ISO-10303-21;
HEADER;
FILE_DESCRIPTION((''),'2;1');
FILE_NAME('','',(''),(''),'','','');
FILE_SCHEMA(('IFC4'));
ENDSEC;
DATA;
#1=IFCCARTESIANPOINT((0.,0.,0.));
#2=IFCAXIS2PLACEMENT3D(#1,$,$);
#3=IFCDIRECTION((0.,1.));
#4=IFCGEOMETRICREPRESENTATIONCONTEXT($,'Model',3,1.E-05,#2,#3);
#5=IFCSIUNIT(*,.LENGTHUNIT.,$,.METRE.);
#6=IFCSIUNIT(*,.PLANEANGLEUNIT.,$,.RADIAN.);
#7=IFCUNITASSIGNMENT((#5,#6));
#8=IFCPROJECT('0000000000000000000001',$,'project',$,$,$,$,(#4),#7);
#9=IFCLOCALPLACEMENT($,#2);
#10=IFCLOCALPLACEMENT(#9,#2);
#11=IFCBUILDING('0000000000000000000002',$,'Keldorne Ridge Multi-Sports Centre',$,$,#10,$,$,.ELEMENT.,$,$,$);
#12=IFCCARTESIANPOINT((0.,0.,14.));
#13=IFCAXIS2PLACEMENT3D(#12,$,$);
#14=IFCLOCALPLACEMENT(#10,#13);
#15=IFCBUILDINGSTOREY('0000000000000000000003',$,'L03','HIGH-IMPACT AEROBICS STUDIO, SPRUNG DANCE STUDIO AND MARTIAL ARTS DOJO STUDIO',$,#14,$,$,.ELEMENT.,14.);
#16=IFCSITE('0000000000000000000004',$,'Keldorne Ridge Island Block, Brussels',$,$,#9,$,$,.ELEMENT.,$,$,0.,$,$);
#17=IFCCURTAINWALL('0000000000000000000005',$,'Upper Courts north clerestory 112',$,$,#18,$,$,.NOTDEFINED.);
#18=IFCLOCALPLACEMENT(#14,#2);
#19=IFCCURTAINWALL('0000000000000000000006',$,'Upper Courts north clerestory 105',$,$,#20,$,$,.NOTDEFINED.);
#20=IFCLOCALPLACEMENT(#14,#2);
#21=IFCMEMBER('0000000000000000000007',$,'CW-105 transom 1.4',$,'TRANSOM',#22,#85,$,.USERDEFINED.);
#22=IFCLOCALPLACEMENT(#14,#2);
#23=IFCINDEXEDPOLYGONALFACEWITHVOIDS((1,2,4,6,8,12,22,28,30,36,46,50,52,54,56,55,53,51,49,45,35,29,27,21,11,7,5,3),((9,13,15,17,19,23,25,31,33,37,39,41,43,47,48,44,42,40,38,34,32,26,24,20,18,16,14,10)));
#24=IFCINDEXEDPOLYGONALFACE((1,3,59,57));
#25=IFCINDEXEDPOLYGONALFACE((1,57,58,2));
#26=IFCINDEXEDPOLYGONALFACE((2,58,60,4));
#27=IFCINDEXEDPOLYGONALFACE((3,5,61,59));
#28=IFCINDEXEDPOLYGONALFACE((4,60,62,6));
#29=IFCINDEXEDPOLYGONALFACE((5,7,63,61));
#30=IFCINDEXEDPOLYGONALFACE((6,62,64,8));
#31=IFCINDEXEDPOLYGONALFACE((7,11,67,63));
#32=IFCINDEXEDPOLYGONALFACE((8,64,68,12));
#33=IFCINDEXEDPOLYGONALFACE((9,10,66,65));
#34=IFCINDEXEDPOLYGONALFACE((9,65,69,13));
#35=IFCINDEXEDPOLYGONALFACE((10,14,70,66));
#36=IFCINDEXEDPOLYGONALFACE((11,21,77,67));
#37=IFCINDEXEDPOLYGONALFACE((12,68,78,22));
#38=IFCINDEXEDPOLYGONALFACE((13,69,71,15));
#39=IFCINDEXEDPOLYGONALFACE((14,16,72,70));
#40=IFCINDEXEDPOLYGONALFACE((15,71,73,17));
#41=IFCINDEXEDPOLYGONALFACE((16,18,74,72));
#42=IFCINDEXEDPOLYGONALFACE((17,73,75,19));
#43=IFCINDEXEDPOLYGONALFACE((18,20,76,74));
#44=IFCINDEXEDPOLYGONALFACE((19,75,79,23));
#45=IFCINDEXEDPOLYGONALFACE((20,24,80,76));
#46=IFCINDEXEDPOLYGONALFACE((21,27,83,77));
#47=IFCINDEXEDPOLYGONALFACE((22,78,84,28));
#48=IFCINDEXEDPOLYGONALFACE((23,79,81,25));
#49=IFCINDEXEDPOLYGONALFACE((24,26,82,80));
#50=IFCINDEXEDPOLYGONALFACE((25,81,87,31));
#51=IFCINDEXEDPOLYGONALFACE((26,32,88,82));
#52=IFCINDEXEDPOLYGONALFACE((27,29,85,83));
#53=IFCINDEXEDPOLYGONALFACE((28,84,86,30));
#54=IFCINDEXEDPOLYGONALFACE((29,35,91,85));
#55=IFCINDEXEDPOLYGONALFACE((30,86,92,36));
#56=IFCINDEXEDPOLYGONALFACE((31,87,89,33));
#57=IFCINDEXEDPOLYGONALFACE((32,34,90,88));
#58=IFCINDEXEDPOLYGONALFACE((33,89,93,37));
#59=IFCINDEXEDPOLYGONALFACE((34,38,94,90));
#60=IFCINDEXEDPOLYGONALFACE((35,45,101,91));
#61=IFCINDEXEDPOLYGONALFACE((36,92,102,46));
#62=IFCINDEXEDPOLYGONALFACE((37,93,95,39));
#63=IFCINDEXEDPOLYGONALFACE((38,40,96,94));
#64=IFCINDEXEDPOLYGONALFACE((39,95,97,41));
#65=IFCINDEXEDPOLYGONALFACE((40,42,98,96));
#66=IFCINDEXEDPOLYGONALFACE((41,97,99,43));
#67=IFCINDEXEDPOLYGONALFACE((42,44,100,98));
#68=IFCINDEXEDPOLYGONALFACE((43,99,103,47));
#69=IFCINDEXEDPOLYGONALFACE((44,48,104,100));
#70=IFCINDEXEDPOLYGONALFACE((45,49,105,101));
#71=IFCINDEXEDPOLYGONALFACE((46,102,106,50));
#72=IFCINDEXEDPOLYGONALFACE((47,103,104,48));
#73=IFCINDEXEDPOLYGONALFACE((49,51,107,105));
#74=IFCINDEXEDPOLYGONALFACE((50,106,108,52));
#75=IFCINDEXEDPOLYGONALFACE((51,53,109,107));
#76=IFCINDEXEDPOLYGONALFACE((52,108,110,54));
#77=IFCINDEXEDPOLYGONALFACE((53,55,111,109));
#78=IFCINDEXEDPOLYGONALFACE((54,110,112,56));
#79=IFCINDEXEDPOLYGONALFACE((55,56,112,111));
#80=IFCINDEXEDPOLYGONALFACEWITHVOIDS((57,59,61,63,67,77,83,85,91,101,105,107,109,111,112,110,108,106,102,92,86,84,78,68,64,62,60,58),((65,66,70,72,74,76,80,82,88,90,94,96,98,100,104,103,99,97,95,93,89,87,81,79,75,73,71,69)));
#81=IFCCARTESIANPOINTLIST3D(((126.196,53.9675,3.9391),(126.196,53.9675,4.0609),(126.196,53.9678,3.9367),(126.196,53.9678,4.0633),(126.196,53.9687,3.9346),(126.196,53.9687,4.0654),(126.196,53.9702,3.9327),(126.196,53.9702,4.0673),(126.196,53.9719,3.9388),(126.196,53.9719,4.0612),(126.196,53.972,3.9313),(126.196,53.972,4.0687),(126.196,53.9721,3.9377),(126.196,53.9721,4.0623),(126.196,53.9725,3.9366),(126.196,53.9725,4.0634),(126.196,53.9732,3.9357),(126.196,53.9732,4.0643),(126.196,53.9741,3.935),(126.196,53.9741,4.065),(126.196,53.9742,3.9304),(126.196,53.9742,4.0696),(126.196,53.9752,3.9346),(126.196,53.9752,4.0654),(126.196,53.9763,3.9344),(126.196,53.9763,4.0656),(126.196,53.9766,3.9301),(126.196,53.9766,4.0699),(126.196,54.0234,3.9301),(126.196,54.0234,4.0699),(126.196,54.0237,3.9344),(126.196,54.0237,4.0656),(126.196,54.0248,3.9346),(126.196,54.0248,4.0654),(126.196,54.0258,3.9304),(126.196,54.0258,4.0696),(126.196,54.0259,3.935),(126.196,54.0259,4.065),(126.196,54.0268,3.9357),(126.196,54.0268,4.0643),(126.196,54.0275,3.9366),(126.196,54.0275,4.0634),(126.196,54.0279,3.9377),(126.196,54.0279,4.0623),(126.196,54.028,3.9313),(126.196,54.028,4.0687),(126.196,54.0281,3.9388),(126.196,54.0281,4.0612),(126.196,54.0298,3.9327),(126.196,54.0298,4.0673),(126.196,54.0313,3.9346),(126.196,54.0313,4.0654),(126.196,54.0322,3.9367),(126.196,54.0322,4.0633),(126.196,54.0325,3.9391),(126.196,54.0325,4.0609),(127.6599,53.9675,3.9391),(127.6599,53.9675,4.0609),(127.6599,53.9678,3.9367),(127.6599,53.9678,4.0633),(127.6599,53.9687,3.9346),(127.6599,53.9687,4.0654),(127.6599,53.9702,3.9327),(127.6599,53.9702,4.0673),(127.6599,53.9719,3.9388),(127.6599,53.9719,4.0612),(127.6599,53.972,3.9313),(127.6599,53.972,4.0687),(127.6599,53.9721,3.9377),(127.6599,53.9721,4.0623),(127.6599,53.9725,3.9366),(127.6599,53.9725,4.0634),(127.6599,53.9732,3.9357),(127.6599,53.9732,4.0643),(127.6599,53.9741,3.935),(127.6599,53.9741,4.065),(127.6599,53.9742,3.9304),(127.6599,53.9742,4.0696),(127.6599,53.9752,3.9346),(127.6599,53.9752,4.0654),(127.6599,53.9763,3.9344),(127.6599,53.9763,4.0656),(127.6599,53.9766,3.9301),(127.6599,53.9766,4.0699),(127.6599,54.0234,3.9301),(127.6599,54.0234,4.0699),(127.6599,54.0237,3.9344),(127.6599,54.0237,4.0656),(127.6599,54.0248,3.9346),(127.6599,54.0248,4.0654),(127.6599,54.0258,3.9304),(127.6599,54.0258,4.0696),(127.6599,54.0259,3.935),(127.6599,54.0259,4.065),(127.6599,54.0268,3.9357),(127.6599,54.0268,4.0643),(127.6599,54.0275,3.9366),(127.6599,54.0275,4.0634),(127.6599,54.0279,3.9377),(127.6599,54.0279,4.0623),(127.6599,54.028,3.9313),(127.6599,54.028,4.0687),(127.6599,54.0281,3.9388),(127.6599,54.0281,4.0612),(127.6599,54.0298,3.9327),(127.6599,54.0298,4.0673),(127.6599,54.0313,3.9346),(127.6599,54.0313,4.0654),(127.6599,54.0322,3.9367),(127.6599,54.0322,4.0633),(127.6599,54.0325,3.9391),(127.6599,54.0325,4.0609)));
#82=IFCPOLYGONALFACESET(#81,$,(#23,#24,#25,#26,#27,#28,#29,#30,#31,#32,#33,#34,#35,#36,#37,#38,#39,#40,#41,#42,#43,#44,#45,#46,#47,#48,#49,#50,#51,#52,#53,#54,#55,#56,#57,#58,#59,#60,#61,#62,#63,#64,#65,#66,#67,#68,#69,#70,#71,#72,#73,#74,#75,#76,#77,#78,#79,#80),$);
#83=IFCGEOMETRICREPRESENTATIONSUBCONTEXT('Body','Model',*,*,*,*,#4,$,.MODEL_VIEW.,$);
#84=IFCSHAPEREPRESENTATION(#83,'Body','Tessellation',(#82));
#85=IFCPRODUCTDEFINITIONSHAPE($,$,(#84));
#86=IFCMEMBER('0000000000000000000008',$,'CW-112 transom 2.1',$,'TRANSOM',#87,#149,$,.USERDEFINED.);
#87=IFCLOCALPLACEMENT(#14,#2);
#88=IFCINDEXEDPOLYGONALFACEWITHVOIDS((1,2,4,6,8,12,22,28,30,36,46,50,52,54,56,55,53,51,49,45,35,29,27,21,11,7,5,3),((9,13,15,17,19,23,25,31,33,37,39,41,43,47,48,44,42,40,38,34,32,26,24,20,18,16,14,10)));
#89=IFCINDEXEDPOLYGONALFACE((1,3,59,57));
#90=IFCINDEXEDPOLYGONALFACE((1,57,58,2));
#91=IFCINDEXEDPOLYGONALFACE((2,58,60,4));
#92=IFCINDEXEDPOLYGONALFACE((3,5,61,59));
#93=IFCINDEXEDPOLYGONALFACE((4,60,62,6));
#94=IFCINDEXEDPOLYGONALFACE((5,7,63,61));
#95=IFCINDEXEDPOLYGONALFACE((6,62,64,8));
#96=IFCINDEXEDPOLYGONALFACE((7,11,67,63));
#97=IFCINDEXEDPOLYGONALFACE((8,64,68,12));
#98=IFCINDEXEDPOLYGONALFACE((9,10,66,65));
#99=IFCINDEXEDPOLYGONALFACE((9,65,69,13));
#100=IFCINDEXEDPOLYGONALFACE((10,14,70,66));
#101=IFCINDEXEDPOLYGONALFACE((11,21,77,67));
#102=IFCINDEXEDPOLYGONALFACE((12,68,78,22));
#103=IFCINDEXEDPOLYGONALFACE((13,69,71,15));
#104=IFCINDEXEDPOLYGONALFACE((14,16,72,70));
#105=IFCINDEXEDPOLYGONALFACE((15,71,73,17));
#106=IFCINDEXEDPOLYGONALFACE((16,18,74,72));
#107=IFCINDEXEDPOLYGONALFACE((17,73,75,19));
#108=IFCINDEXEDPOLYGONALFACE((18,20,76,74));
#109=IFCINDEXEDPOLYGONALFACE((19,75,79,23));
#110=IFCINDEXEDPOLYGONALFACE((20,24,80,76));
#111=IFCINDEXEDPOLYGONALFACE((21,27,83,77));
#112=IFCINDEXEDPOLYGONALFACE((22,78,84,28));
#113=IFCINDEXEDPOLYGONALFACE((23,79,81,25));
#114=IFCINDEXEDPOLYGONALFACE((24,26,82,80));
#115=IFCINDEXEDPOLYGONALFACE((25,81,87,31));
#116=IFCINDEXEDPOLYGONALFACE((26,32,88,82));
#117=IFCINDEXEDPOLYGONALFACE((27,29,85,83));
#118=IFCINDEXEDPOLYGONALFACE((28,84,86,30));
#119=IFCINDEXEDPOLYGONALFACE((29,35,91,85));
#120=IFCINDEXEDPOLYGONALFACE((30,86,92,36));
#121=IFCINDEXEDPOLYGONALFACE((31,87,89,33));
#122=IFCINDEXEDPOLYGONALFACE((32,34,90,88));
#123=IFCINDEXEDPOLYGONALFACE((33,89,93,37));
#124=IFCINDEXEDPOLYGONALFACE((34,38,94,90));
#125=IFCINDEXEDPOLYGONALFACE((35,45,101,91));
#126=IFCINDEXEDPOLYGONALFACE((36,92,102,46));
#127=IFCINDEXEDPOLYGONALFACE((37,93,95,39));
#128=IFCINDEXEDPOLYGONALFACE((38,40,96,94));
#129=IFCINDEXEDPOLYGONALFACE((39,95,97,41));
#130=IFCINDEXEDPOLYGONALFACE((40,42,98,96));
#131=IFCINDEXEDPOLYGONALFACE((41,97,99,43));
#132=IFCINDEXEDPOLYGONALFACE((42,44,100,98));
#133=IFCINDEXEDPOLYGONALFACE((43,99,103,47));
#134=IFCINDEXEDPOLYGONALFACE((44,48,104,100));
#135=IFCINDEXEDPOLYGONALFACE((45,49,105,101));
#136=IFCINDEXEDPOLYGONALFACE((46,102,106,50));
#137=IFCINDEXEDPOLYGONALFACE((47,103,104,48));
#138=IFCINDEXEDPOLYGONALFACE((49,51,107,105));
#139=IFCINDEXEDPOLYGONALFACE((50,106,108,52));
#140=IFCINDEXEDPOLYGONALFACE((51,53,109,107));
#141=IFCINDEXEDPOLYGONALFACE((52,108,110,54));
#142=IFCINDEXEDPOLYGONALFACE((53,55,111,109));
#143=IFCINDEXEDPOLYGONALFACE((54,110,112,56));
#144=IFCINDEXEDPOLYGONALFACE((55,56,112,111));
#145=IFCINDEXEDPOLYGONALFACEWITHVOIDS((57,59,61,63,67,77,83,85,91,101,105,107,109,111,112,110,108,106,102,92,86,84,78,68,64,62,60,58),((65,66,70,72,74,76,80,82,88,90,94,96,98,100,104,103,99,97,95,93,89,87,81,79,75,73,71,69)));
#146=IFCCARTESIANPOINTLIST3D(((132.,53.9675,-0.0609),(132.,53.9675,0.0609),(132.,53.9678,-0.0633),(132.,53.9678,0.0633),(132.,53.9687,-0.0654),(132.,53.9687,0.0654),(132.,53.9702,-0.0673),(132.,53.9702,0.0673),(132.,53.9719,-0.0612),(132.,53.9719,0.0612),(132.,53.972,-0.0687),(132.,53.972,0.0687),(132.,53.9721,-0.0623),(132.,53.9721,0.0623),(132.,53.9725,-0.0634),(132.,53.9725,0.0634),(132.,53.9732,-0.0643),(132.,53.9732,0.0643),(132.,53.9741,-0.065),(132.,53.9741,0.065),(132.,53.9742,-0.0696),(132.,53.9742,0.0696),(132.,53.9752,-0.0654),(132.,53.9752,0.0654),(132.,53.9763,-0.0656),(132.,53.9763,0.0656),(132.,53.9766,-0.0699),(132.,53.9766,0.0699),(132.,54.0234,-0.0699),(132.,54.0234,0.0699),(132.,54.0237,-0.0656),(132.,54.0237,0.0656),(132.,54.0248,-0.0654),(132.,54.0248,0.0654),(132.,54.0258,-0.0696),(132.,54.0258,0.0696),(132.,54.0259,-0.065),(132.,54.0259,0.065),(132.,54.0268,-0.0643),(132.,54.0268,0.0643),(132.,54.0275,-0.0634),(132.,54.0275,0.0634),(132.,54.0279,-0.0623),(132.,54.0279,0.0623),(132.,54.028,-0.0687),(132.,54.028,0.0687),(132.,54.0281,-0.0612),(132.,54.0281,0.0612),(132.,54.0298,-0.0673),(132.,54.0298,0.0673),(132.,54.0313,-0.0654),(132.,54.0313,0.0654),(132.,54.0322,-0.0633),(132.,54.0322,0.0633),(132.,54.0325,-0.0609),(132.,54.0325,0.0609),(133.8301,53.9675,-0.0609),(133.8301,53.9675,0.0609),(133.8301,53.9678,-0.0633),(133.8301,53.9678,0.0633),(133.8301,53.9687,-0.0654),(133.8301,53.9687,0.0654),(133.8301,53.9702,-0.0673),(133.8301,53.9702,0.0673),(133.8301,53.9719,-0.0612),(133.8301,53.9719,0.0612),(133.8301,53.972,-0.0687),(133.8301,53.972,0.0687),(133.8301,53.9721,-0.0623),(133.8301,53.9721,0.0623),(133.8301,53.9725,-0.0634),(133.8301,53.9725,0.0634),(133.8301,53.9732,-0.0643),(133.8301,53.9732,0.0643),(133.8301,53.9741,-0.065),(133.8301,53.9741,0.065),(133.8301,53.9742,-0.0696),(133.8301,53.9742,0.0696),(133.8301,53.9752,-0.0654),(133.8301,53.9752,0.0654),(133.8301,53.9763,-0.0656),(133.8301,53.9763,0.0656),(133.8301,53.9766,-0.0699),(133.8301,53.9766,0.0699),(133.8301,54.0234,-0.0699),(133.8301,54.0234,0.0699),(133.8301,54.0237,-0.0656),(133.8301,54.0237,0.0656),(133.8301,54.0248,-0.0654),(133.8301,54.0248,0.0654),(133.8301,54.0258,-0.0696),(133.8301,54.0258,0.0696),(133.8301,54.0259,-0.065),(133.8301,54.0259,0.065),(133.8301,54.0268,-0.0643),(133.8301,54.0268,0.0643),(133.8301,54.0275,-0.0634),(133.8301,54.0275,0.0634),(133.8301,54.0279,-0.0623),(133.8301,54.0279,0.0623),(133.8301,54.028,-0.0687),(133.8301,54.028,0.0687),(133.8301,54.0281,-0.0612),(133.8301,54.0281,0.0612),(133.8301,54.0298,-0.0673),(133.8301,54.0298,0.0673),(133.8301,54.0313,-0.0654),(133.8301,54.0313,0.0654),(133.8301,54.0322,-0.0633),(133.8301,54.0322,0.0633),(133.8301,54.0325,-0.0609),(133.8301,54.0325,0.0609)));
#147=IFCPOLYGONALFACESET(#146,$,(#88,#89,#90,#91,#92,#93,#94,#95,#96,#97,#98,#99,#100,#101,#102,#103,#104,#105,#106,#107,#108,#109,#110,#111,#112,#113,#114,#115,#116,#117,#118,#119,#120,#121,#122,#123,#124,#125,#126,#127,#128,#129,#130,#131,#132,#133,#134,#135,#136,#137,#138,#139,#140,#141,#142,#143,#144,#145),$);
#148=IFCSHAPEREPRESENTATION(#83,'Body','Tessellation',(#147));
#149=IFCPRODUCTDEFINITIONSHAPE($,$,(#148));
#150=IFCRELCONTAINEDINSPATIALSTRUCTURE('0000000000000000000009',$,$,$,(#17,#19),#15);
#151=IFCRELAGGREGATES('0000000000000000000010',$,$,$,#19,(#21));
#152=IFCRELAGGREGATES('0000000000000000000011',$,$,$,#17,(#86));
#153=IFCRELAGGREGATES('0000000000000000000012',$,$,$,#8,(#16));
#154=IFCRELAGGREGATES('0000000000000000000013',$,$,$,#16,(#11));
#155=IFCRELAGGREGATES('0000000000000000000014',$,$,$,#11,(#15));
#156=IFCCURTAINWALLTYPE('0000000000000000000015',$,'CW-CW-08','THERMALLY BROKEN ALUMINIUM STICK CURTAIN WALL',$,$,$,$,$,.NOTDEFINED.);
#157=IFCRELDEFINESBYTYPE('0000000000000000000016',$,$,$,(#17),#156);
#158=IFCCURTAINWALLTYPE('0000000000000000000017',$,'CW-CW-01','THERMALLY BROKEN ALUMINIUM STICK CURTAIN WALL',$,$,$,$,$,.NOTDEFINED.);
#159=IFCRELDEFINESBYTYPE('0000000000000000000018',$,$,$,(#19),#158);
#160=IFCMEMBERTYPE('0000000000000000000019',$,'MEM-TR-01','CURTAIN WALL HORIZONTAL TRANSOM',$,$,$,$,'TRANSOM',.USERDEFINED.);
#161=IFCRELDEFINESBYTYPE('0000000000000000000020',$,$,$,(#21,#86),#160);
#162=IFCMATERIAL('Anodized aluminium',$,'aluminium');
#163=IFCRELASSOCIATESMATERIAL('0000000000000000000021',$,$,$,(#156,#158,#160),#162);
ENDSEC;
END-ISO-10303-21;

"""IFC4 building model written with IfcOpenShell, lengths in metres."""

from ifc_helpers import new_model, si_unit, direction, frame, origin, origin_2d, place, context, subcontext, project, spatial, hollow_rectangle, extrude, material, material_profile, profile_set, type_object, element, aggregate, save


model = new_model("IFC4")

# Units and contexts
model_context = context("Model", 3, precision=1e-05, world=origin(), true_north=direction((0.0, 1.0)))
body_context = subcontext(model_context, "Body", "Model", "MODEL_VIEW")
ifc_project = project(units=[si_unit("LENGTHUNIT", "METRE"), si_unit("PLANEANGLEUNIT", "RADIAN")], contexts=[model_context])

# Site, building, storey
site_placement = place(None, origin())
site = spatial("IfcSite", under=ifc_project, at=site_placement, Name="Keldorne Ridge Island Block, Brussels", CompositionType="ELEMENT", RefElevation=0.0)
building_placement = place(site_placement, origin())
building = spatial("IfcBuilding", under=site, at=building_placement, Name="Keldorne Ridge Multi-Sports Centre", CompositionType="ELEMENT")
storey_placement = place(building_placement, frame((0.0, 0.0, 14.0)))
storey = spatial("IfcBuildingStorey", under=building, at=storey_placement, Name="L03", Description="HIGH-IMPACT AEROBICS STUDIO, SPRUNG DANCE STUDIO AND MARTIAL ARTS DOJO STUDIO", CompositionType="ELEMENT", Elevation=14.0)

# Curtain walls, member
ifc_material_1 = material(Name="Anodized aluminium", Category="aluminium")
curtain_wall_type_1 = type_object("IfcCurtainWallType", Name="CW-CW-08", Description="THERMALLY BROKEN ALUMINIUM STICK CURTAIN WALL", PredefinedType="NOTDEFINED", material=ifc_material_1)
curtain_wall_1_placement = place(storey_placement, origin())
curtain_wall_1 = element("IfcCurtainWall", 1, at=curtain_wall_1_placement, inside=storey, type_object=curtain_wall_type_1, Name="Upper Courts north clerestory 112", PredefinedType="NOTDEFINED")
curtain_wall_type_2 = type_object("IfcCurtainWallType", Name="CW-CW-01", Description="THERMALLY BROKEN ALUMINIUM STICK CURTAIN WALL", PredefinedType="NOTDEFINED", material=ifc_material_1)
curtain_wall_2_placement = place(storey_placement, origin())
curtain_wall_2 = element("IfcCurtainWall", 2, at=curtain_wall_2_placement, inside=storey, type_object=curtain_wall_type_2, Name="Upper Courts north clerestory 105", PredefinedType="NOTDEFINED")
ifc_material_profile_1 = material_profile(ifc_material_1, hollow_rectangle(XDim=0.0649, YDim=0.1399, WallThickness=0.0044, InnerFilletRadius=0.0044, OuterFilletRadius=0.009, at=origin_2d()), Name="ALU TRANSOM 140x65x4.5")
ifc_profile_set_1 = profile_set([ifc_material_profile_1], Name="Anodized aluminium")
member_type_1 = type_object("IfcMemberType", Name="MEM-TR-01", Description="CURTAIN WALL HORIZONTAL TRANSOM", ElementType="TRANSOM", PredefinedType="USERDEFINED", material=ifc_profile_set_1)
member_1_placement = place(storey_placement, frame((127.6599, 54.0, 4.0), z_axis=(-1.0, 0.0, 0.0), x_axis=(0.0, -1.0, 0.0)))
member_1 = element("IfcMember", 3, at=member_1_placement, type_object=member_type_1, Name="CW-105 transom 1.4", ObjectType="TRANSOM", PredefinedType="USERDEFINED", context=body_context, shape_type="SweptSolid", body=[
    extrude(hollow_rectangle(XDim=0.0649, YDim=0.1399, WallThickness=0.0044, InnerFilletRadius=0.0044, OuterFilletRadius=0.009, at=origin_2d()), origin(), (0.0, 0.0, 1.0), 1.4639),
])
aggregate(curtain_wall_2, [member_1])

# Member
member_2_placement = place(storey_placement, frame((133.8301, 54.0, 0.0), z_axis=(-1.0, 0.0, 0.0), x_axis=(0.0, -1.0, 0.0)))
member_2 = element("IfcMember", 4, at=member_2_placement, type_object=member_type_1, Name="CW-112 transom 2.1", ObjectType="TRANSOM", PredefinedType="USERDEFINED", context=body_context, shape_type="SweptSolid", body=[
    extrude(hollow_rectangle(XDim=0.0649, YDim=0.1399, WallThickness=0.0044, InnerFilletRadius=0.0044, OuterFilletRadius=0.009, at=origin_2d()), origin(), (0.0, 0.0, 1.0), 1.8301),
])

aggregate(curtain_wall_1, [member_2])

save(model, "model.ifc")
